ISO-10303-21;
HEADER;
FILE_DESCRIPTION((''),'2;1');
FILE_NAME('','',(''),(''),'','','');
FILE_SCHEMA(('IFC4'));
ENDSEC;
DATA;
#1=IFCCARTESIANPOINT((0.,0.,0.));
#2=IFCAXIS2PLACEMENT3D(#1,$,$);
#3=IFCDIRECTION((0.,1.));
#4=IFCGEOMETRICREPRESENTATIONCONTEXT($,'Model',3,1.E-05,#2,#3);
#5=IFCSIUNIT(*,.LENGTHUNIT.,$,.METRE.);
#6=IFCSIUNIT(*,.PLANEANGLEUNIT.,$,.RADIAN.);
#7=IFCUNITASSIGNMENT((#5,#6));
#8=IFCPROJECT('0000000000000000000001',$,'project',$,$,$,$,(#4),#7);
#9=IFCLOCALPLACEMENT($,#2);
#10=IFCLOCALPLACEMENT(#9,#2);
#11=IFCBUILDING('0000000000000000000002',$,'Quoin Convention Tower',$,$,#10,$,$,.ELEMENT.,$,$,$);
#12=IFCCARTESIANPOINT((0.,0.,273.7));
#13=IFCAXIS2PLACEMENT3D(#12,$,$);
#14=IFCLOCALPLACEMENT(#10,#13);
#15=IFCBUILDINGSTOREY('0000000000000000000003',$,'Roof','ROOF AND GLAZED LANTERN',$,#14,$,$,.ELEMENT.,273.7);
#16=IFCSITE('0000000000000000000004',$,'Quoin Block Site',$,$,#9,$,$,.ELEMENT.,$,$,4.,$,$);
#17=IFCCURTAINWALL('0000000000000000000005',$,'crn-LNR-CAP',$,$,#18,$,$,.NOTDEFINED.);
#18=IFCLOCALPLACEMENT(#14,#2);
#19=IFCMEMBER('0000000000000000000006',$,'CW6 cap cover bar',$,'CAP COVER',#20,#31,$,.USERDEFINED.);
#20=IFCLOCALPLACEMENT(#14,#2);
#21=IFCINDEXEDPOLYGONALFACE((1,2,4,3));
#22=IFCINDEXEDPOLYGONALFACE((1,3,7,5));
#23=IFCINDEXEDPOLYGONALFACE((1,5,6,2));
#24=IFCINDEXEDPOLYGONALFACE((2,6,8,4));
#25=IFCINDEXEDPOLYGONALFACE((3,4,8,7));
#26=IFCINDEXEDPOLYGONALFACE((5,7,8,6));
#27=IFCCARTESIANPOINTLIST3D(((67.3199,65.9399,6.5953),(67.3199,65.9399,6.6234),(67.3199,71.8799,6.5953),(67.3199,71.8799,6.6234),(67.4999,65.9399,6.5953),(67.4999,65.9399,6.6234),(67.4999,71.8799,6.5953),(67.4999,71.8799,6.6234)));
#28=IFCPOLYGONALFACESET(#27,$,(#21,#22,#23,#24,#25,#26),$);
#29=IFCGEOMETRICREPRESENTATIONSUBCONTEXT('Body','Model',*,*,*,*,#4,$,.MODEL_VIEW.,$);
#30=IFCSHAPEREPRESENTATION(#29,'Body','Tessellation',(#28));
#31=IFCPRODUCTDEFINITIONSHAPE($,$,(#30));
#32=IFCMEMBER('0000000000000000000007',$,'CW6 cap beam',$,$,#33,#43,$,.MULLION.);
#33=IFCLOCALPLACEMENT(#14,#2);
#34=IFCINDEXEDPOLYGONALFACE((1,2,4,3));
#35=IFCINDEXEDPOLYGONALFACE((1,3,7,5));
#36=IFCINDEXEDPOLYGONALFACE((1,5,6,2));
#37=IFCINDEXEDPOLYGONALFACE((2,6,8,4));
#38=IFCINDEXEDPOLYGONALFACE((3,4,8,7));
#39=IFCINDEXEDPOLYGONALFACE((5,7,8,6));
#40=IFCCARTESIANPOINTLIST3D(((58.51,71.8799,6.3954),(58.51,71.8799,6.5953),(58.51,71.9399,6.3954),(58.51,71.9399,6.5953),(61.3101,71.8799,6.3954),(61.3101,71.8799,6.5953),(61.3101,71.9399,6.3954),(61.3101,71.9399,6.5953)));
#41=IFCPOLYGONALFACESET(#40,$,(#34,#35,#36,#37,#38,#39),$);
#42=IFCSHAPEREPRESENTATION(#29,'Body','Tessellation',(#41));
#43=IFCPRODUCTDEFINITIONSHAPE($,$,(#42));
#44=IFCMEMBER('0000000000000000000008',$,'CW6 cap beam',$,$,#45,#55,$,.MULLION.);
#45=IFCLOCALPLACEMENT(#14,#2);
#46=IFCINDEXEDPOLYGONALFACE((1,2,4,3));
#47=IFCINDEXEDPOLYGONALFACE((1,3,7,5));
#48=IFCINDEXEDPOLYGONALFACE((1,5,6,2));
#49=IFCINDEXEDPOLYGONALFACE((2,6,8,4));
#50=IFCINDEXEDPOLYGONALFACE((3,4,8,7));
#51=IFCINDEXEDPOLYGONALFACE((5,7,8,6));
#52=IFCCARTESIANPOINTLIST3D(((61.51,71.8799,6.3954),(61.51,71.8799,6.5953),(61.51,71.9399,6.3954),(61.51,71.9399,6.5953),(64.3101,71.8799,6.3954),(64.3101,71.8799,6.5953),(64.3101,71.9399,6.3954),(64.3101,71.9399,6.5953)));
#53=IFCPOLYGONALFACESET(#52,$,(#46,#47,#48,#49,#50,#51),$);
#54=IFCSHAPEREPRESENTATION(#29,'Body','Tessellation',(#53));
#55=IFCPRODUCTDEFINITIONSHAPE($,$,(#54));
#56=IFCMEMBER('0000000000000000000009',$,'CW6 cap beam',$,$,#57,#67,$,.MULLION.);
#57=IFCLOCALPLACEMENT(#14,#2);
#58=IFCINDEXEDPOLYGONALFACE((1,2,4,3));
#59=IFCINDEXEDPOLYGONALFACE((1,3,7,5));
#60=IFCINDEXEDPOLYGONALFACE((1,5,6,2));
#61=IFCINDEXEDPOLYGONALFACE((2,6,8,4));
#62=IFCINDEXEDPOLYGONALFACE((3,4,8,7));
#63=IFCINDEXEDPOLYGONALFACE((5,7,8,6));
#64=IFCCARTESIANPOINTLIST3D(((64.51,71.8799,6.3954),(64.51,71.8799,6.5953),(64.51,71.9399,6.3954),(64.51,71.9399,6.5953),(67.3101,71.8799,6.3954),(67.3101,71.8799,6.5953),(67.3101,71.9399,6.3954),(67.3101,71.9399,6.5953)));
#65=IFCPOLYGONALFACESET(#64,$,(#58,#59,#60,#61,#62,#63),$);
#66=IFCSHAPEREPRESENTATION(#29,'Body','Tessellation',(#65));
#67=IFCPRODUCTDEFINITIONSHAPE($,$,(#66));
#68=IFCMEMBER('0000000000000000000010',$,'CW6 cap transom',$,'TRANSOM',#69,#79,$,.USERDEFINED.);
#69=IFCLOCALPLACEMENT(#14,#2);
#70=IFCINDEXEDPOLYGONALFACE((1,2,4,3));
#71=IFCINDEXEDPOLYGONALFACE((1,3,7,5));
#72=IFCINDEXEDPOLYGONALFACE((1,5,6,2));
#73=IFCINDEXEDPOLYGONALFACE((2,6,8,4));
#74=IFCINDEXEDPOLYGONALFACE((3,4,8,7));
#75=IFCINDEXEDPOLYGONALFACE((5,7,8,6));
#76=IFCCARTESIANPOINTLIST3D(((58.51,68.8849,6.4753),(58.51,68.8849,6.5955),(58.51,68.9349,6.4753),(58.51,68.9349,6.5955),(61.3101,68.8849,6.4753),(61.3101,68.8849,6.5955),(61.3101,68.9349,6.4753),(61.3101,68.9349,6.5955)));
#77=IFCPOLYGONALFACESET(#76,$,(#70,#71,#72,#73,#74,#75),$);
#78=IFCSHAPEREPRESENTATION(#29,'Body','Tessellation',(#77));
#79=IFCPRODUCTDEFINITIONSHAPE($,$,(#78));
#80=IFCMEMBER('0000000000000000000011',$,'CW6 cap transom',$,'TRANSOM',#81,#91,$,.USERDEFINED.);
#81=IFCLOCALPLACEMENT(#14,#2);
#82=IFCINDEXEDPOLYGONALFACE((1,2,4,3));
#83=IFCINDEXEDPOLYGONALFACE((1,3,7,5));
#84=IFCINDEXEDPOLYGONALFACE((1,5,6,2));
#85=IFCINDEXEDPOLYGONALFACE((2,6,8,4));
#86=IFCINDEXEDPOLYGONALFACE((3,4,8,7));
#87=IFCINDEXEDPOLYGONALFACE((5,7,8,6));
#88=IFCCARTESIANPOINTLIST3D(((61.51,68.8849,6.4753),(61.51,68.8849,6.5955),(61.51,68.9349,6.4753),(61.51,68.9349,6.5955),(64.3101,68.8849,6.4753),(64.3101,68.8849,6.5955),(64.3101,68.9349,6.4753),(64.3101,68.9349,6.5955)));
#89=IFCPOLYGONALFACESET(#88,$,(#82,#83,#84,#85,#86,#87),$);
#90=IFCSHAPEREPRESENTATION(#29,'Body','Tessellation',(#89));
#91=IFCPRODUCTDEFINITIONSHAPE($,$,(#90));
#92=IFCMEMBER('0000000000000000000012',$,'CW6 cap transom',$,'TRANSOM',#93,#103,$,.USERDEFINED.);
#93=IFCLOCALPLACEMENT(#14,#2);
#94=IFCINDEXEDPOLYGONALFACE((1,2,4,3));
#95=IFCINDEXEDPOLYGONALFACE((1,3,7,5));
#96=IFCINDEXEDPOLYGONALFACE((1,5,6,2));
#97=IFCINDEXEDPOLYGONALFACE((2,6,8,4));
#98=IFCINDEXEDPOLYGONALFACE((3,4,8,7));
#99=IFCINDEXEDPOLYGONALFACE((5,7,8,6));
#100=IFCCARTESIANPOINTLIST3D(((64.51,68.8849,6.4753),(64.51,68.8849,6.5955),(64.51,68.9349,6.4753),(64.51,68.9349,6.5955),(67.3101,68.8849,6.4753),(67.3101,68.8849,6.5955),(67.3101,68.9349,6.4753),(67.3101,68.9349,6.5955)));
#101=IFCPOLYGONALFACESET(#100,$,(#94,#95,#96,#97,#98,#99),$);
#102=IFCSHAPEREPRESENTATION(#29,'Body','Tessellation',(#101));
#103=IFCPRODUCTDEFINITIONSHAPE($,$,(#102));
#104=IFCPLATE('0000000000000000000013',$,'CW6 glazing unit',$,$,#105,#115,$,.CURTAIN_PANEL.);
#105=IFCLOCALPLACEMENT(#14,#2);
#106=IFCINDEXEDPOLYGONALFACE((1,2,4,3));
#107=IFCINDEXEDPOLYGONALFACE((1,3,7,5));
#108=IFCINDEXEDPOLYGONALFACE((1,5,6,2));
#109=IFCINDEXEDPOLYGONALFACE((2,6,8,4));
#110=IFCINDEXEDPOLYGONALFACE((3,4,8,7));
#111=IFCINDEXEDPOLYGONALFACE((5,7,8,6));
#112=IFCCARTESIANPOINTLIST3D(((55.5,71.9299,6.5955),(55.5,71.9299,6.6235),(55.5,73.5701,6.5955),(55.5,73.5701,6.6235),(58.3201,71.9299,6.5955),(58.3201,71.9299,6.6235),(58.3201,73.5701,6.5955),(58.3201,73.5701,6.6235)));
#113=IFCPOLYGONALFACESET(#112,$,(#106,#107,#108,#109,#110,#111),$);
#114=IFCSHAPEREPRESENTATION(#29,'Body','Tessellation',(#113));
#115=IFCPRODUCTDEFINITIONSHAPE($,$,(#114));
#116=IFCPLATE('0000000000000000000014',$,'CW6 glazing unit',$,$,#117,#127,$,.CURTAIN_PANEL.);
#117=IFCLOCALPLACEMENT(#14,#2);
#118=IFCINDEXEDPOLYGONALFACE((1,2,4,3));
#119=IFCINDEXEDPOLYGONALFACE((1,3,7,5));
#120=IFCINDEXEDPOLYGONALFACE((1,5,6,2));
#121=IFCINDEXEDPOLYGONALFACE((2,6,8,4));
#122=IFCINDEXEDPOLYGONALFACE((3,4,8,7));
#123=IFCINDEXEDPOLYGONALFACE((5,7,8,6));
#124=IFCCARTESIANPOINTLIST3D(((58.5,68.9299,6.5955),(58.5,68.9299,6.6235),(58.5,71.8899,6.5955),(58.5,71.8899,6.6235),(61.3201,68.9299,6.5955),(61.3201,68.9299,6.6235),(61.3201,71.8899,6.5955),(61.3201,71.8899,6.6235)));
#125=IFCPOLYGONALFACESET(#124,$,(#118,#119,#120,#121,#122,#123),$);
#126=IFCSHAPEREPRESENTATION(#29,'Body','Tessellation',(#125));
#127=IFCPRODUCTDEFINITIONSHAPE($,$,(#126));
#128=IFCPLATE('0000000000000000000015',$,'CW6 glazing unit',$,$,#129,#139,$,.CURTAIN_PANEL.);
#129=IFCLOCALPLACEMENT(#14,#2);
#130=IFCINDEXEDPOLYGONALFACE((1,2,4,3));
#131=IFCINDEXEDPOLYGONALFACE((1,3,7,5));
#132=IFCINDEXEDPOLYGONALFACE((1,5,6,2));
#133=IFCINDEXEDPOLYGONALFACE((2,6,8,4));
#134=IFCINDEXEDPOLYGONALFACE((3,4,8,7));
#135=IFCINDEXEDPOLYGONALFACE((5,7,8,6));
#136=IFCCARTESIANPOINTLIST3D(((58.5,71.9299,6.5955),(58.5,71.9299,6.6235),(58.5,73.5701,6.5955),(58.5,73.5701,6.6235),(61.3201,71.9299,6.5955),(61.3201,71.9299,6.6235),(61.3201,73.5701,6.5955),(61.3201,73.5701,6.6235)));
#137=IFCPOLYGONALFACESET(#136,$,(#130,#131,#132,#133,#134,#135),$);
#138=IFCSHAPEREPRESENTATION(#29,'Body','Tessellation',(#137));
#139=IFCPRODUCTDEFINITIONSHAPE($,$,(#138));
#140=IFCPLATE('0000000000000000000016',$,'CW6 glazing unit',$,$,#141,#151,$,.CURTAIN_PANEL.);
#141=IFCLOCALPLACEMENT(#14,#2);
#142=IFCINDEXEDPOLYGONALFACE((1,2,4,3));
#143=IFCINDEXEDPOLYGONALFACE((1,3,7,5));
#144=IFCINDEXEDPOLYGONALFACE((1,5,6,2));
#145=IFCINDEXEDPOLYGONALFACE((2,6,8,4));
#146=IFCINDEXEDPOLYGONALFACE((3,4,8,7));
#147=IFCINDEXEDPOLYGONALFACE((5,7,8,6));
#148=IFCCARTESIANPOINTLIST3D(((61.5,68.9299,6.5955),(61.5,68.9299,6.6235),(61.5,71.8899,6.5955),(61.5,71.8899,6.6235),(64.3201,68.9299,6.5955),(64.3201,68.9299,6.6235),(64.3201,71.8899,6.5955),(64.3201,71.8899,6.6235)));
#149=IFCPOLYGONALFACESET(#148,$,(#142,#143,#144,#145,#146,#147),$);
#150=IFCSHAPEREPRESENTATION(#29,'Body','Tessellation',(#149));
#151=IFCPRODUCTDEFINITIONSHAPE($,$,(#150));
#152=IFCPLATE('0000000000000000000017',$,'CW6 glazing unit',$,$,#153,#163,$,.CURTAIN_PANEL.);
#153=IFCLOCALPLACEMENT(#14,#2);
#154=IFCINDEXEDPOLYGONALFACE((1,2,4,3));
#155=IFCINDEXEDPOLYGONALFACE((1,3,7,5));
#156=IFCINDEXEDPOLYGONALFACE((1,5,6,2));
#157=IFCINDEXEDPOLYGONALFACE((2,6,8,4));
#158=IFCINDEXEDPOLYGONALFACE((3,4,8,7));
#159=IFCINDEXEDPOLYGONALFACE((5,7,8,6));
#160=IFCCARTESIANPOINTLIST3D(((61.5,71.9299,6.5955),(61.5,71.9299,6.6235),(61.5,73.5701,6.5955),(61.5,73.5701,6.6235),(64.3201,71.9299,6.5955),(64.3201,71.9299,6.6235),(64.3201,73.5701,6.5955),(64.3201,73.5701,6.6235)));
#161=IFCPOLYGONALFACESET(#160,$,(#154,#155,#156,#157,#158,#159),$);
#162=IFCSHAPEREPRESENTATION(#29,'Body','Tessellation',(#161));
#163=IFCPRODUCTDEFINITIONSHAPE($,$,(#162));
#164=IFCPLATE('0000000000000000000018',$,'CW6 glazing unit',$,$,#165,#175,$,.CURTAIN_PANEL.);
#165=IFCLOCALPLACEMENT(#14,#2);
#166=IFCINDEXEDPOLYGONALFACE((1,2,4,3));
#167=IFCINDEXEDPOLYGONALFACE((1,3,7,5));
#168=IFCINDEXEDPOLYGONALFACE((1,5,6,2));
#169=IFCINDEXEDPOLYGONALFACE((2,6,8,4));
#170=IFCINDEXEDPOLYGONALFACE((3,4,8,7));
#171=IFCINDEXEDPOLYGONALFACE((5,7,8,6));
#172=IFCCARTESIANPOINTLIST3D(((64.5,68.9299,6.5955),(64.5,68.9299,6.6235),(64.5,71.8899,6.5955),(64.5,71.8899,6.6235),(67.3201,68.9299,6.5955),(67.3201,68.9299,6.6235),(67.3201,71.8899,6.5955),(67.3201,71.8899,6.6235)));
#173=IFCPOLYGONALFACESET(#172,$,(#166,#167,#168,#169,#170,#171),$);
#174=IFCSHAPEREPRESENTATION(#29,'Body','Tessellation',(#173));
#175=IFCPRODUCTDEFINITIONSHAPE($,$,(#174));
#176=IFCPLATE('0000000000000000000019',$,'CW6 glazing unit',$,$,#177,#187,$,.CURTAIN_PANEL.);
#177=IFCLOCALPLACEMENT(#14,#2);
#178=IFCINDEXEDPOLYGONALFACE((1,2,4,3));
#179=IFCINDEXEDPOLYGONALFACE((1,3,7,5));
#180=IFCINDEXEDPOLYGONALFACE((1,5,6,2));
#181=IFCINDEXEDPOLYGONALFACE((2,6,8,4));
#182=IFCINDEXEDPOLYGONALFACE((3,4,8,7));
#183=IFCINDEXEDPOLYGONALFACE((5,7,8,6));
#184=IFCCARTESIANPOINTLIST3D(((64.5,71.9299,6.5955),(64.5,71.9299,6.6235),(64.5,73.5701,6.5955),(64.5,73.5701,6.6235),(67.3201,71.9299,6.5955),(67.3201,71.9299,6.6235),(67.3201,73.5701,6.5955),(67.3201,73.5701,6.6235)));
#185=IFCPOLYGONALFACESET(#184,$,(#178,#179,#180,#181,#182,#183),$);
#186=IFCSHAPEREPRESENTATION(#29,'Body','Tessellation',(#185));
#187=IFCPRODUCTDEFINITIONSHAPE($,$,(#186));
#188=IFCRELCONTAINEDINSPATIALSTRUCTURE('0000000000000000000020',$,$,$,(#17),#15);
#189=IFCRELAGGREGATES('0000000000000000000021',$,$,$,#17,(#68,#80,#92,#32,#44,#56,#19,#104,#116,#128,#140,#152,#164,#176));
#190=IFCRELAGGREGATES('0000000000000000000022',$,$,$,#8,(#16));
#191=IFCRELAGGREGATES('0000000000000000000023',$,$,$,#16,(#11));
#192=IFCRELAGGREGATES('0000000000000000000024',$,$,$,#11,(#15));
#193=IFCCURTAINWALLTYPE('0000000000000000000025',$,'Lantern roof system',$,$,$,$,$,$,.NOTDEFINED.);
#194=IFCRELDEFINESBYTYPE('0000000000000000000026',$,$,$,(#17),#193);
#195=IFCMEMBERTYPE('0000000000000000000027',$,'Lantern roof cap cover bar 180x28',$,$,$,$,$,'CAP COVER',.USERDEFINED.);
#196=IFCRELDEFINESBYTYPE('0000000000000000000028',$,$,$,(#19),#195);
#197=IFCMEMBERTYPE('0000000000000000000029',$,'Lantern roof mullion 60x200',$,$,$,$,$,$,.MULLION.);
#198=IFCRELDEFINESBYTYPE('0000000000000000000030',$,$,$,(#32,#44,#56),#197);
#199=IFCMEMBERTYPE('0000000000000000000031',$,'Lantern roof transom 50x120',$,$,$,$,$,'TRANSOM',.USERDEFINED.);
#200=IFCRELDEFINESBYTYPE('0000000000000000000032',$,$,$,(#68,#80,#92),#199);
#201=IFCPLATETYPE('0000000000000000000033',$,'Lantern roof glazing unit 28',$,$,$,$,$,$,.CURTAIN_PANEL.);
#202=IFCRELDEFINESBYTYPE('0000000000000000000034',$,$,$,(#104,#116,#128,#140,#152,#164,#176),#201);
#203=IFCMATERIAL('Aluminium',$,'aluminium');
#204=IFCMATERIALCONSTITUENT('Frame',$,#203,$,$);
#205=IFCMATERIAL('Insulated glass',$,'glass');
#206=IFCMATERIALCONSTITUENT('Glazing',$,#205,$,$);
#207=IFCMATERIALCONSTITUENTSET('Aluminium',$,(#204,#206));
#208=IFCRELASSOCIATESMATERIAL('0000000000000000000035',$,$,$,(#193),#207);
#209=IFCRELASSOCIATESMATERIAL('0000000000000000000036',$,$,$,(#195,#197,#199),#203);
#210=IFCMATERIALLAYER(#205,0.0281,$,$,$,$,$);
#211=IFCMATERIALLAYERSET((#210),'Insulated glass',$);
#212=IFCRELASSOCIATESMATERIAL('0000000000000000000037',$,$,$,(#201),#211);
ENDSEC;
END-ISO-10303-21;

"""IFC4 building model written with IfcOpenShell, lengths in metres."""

from ifc_helpers import new_model, si_unit, direction, frame, origin, origin_2d, place, context, subcontext, project, spatial, polyline, rectangle, outline, extrude, material, layer, layer_set, constituent, constituent_set, material_profile, profile_set, type_object, element, aggregate, save


model = new_model("IFC4")

# Units and contexts
model_context = context("Model", 3, precision=1e-05, world=origin(), true_north=direction((0.0, 1.0)))
body_context = subcontext(model_context, "Body", "Model", "MODEL_VIEW")
ifc_project = project(units=[si_unit("LENGTHUNIT", "METRE"), si_unit("PLANEANGLEUNIT", "RADIAN")], contexts=[model_context])

# Site, building, storey
site_placement = place(None, origin())
site = spatial("IfcSite", under=ifc_project, at=site_placement, Name="Quoin Block Site", CompositionType="ELEMENT", RefElevation=4.0)
building_placement = place(site_placement, origin())
building = spatial("IfcBuilding", under=site, at=building_placement, Name="Quoin Convention Tower", CompositionType="ELEMENT")
storey_placement = place(building_placement, frame((0.0, 0.0, 273.7)))
storey = spatial("IfcBuildingStorey", under=building, at=storey_placement, Name="Roof", Description="ROOF AND GLAZED LANTERN", CompositionType="ELEMENT", Elevation=273.7)

# Curtain wall, members, plates
ifc_material_1 = material(Name="Aluminium", Category="aluminium")
ifc_constituent_1 = constituent(ifc_material_1, Name="Frame")
ifc_material_2 = material(Name="Insulated glass", Category="glass")
ifc_constituent_2 = constituent(ifc_material_2, Name="Glazing")
ifc_constituent_set = constituent_set(constituents=[ifc_constituent_1, ifc_constituent_2], Name="Aluminium")
curtain_wall_type = type_object("IfcCurtainWallType", Name="Lantern roof system", PredefinedType="NOTDEFINED", material=ifc_constituent_set)
curtain_wall_placement = place(storey_placement, origin())
curtain_wall = element("IfcCurtainWall", 1, at=curtain_wall_placement, inside=storey, type_object=curtain_wall_type, Name="crn-LNR-CAP", PredefinedType="NOTDEFINED")
ifc_material_profile_1 = material_profile(ifc_material_1, rectangle(XDim=0.0281, YDim=0.1799, at=origin_2d()), Name="Lantern roof cap cover bar 180x28")
ifc_profile_set_1 = profile_set([ifc_material_profile_1], Name="Aluminium")
member_type_1 = type_object("IfcMemberType", Name="Lantern roof cap cover bar 180x28", ElementType="CAP COVER", PredefinedType="USERDEFINED", material=ifc_profile_set_1)
member_1_placement = place(storey_placement, frame((67.4099, 65.9399, 6.6094), z_axis=(0.0, 1.0, 0.0), x_axis=(0.0, 0.0, 1.0)))
member_1 = element("IfcMember", 2, at=member_1_placement, type_object=member_type_1, Name="CW6 cap cover bar", ObjectType="CAP COVER", PredefinedType="USERDEFINED", context=body_context, shape_type="SweptSolid", body=[
    extrude(rectangle(XDim=0.0281, YDim=0.1799, at=origin_2d()), origin(), (0.0, 0.0, 1.0), 5.9399),
])
ifc_material_profile_2 = material_profile(ifc_material_1, rectangle(XDim=0.2, YDim=0.0601, at=origin_2d()), Name="Lantern roof mullion 60x200")
ifc_profile_set_2 = profile_set([ifc_material_profile_2], Name="Aluminium")
member_type_2 = type_object("IfcMemberType", Name="Lantern roof mullion 60x200", PredefinedType="MULLION", material=ifc_profile_set_2)
member_2_placement = place(storey_placement, frame((58.51, 71.9099, 6.4954), z_axis=(1.0, 0.0, 0.0), x_axis=(0.0, 0.0, 1.0)))
member_2 = element("IfcMember", 3, at=member_2_placement, type_object=member_type_2, Name="CW6 cap beam", PredefinedType="MULLION", context=body_context, shape_type="SweptSolid", body=[
    extrude(rectangle(XDim=0.2, YDim=0.0601, at=origin_2d()), origin(), (0.0, 0.0, 1.0), 2.8),
])
member_3_placement = place(storey_placement, frame((61.51, 71.9099, 6.4954), z_axis=(1.0, 0.0, 0.0), x_axis=(0.0, 0.0, 1.0)))
member_3 = element("IfcMember", 4, at=member_3_placement, type_object=member_type_2, Name="CW6 cap beam", PredefinedType="MULLION", context=body_context, shape_type="SweptSolid", body=[
    extrude(rectangle(XDim=0.2, YDim=0.0601, at=origin_2d()), origin(), (0.0, 0.0, 1.0), 2.8),
])
member_4_placement = place(storey_placement, frame((64.51, 71.9099, 6.4954), z_axis=(1.0, 0.0, 0.0), x_axis=(0.0, 0.0, 1.0)))
member_4 = element("IfcMember", 5, at=member_4_placement, type_object=member_type_2, Name="CW6 cap beam", PredefinedType="MULLION", context=body_context, shape_type="SweptSolid", body=[
    extrude(rectangle(XDim=0.2, YDim=0.0601, at=origin_2d()), origin(), (0.0, 0.0, 1.0), 2.8),
])
ifc_material_profile_3 = material_profile(ifc_material_1, rectangle(XDim=0.1201, YDim=0.05, at=origin_2d()), Name="Lantern roof transom 50x120")
ifc_profile_set_3 = profile_set([ifc_material_profile_3], Name="Aluminium")
member_type_3 = type_object("IfcMemberType", Name="Lantern roof transom 50x120", ElementType="TRANSOM", PredefinedType="USERDEFINED", material=ifc_profile_set_3)
member_5_placement = place(storey_placement, frame((58.51, 68.9099, 6.5354), z_axis=(1.0, 0.0, 0.0), x_axis=(0.0, 0.0, 1.0)))
member_5 = element("IfcMember", 6, at=member_5_placement, type_object=member_type_3, Name="CW6 cap transom", ObjectType="TRANSOM", PredefinedType="USERDEFINED", context=body_context, shape_type="SweptSolid", body=[
    extrude(rectangle(XDim=0.1201, YDim=0.05, at=origin_2d()), origin(), (0.0, 0.0, 1.0), 2.8),
])
member_6_placement = place(storey_placement, frame((61.51, 68.9099, 6.5354), z_axis=(1.0, 0.0, 0.0), x_axis=(0.0, 0.0, 1.0)))
member_6 = element("IfcMember", 7, at=member_6_placement, type_object=member_type_3, Name="CW6 cap transom", ObjectType="TRANSOM", PredefinedType="USERDEFINED", context=body_context, shape_type="SweptSolid", body=[
    extrude(rectangle(XDim=0.1201, YDim=0.05, at=origin_2d()), origin(), (0.0, 0.0, 1.0), 2.8),
])
member_7_placement = place(storey_placement, frame((64.51, 68.9099, 6.5354), z_axis=(1.0, 0.0, 0.0), x_axis=(0.0, 0.0, 1.0)))
member_7 = element("IfcMember", 8, at=member_7_placement, type_object=member_type_3, Name="CW6 cap transom", ObjectType="TRANSOM", PredefinedType="USERDEFINED", context=body_context, shape_type="SweptSolid", body=[
    extrude(rectangle(XDim=0.1201, YDim=0.05, at=origin_2d()), origin(), (0.0, 0.0, 1.0), 2.8),
])
ifc_layer = layer(ifc_material_2, 0.0281)
ifc_layer_set = layer_set([ifc_layer], Name="Insulated glass")
plate_type = type_object("IfcPlateType", Name="Lantern roof glazing unit 28", PredefinedType="CURTAIN_PANEL", material=ifc_layer_set)
plate_1_placement = place(storey_placement, frame((58.3201, 71.9299, 6.6235), z_axis=(0.0, 0.0, 1.0), x_axis=(-1.0, 0.0, 0.0)))
plate_1 = element("IfcPlate", 9, at=plate_1_placement, type_object=plate_type, Name="CW6 glazing unit", PredefinedType="CURTAIN_PANEL", context=body_context, shape_type="SweptSolid", body=[
    extrude(outline(polyline([(0.0, 0.0), (2.8201, 0.0), (2.8201, -1.6401), (0.0, -1.6401), (0.0, 0.0)])), origin(), (0.0, 0.0, -1.0), 0.0281),
])
plate_2_placement = place(storey_placement, frame((58.5, 68.9299, 6.6235), z_axis=(0.0, 0.0, 1.0), x_axis=(0.0, 1.0, 0.0)))
plate_2 = element("IfcPlate", 10, at=plate_2_placement, type_object=plate_type, Name="CW6 glazing unit", PredefinedType="CURTAIN_PANEL", context=body_context, shape_type="SweptSolid", body=[
    extrude(outline(polyline([(0.0, 0.0), (2.96, 0.0), (2.96, -2.8201), (0.0, -2.8201), (0.0, 0.0)])), origin(), (0.0, 0.0, -1.0), 0.0281),
])
plate_3_placement = place(storey_placement, frame((61.3201, 71.9299, 6.6235), z_axis=(0.0, 0.0, 1.0), x_axis=(-1.0, 0.0, 0.0)))
plate_3 = element("IfcPlate", 11, at=plate_3_placement, type_object=plate_type, Name="CW6 glazing unit", PredefinedType="CURTAIN_PANEL", context=body_context, shape_type="SweptSolid", body=[
    extrude(outline(polyline([(0.0, 0.0), (2.8201, 0.0), (2.8201, -1.6401), (0.0, -1.6401), (0.0, 0.0)])), origin(), (0.0, 0.0, -1.0), 0.0281),
])
plate_4_placement = place(storey_placement, frame((61.5, 68.9299, 6.6235), z_axis=(0.0, 0.0, 1.0), x_axis=(0.0, 1.0, 0.0)))
plate_4 = element("IfcPlate", 12, at=plate_4_placement, type_object=plate_type, Name="CW6 glazing unit", PredefinedType="CURTAIN_PANEL", context=body_context, shape_type="SweptSolid", body=[
    extrude(outline(polyline([(0.0, 0.0), (2.96, 0.0), (2.96, -2.8201), (0.0, -2.8201), (0.0, 0.0)])), origin(), (0.0, 0.0, -1.0), 0.0281),
])
plate_5_placement = place(storey_placement, frame((64.3201, 71.9299, 6.6235), z_axis=(0.0, 0.0, 1.0), x_axis=(-1.0, 0.0, 0.0)))
plate_5 = element("IfcPlate", 13, at=plate_5_placement, type_object=plate_type, Name="CW6 glazing unit", PredefinedType="CURTAIN_PANEL", context=body_context, shape_type="SweptSolid", body=[
    extrude(outline(polyline([(0.0, 0.0), (2.8201, 0.0), (2.8201, -1.6401), (0.0, -1.6401), (0.0, 0.0)])), origin(), (0.0, 0.0, -1.0), 0.0281),
])
plate_6_placement = place(storey_placement, frame((64.5, 68.9299, 6.6235), z_axis=(0.0, 0.0, 1.0), x_axis=(0.0, 1.0, 0.0)))
plate_6 = element("IfcPlate", 14, at=plate_6_placement, type_object=plate_type, Name="CW6 glazing unit", PredefinedType="CURTAIN_PANEL", context=body_context, shape_type="SweptSolid", body=[
    extrude(outline(polyline([(0.0, 0.0), (2.96, 0.0), (2.96, -2.8201), (0.0, -2.8201), (0.0, 0.0)])), origin(), (0.0, 0.0, -1.0), 0.0281),
])
plate_7_placement = place(storey_placement, frame((67.3201, 71.9299, 6.6235), z_axis=(0.0, 0.0, 1.0), x_axis=(-1.0, 0.0, 0.0)))
plate_7 = element("IfcPlate", 15, at=plate_7_placement, type_object=plate_type, Name="CW6 glazing unit", PredefinedType="CURTAIN_PANEL", context=body_context, shape_type="SweptSolid", body=[
    extrude(outline(polyline([(0.0, 0.0), (2.8201, 0.0), (2.8201, -1.6401), (0.0, -1.6401), (0.0, 0.0)])), origin(), (0.0, 0.0, -1.0), 0.0281),
])
aggregate(curtain_wall, [member_5, member_6, member_7, member_2, member_3, member_4, member_1, plate_1, plate_2, plate_3, plate_4, plate_5, plate_6, plate_7])

save(model, "model.ifc")
